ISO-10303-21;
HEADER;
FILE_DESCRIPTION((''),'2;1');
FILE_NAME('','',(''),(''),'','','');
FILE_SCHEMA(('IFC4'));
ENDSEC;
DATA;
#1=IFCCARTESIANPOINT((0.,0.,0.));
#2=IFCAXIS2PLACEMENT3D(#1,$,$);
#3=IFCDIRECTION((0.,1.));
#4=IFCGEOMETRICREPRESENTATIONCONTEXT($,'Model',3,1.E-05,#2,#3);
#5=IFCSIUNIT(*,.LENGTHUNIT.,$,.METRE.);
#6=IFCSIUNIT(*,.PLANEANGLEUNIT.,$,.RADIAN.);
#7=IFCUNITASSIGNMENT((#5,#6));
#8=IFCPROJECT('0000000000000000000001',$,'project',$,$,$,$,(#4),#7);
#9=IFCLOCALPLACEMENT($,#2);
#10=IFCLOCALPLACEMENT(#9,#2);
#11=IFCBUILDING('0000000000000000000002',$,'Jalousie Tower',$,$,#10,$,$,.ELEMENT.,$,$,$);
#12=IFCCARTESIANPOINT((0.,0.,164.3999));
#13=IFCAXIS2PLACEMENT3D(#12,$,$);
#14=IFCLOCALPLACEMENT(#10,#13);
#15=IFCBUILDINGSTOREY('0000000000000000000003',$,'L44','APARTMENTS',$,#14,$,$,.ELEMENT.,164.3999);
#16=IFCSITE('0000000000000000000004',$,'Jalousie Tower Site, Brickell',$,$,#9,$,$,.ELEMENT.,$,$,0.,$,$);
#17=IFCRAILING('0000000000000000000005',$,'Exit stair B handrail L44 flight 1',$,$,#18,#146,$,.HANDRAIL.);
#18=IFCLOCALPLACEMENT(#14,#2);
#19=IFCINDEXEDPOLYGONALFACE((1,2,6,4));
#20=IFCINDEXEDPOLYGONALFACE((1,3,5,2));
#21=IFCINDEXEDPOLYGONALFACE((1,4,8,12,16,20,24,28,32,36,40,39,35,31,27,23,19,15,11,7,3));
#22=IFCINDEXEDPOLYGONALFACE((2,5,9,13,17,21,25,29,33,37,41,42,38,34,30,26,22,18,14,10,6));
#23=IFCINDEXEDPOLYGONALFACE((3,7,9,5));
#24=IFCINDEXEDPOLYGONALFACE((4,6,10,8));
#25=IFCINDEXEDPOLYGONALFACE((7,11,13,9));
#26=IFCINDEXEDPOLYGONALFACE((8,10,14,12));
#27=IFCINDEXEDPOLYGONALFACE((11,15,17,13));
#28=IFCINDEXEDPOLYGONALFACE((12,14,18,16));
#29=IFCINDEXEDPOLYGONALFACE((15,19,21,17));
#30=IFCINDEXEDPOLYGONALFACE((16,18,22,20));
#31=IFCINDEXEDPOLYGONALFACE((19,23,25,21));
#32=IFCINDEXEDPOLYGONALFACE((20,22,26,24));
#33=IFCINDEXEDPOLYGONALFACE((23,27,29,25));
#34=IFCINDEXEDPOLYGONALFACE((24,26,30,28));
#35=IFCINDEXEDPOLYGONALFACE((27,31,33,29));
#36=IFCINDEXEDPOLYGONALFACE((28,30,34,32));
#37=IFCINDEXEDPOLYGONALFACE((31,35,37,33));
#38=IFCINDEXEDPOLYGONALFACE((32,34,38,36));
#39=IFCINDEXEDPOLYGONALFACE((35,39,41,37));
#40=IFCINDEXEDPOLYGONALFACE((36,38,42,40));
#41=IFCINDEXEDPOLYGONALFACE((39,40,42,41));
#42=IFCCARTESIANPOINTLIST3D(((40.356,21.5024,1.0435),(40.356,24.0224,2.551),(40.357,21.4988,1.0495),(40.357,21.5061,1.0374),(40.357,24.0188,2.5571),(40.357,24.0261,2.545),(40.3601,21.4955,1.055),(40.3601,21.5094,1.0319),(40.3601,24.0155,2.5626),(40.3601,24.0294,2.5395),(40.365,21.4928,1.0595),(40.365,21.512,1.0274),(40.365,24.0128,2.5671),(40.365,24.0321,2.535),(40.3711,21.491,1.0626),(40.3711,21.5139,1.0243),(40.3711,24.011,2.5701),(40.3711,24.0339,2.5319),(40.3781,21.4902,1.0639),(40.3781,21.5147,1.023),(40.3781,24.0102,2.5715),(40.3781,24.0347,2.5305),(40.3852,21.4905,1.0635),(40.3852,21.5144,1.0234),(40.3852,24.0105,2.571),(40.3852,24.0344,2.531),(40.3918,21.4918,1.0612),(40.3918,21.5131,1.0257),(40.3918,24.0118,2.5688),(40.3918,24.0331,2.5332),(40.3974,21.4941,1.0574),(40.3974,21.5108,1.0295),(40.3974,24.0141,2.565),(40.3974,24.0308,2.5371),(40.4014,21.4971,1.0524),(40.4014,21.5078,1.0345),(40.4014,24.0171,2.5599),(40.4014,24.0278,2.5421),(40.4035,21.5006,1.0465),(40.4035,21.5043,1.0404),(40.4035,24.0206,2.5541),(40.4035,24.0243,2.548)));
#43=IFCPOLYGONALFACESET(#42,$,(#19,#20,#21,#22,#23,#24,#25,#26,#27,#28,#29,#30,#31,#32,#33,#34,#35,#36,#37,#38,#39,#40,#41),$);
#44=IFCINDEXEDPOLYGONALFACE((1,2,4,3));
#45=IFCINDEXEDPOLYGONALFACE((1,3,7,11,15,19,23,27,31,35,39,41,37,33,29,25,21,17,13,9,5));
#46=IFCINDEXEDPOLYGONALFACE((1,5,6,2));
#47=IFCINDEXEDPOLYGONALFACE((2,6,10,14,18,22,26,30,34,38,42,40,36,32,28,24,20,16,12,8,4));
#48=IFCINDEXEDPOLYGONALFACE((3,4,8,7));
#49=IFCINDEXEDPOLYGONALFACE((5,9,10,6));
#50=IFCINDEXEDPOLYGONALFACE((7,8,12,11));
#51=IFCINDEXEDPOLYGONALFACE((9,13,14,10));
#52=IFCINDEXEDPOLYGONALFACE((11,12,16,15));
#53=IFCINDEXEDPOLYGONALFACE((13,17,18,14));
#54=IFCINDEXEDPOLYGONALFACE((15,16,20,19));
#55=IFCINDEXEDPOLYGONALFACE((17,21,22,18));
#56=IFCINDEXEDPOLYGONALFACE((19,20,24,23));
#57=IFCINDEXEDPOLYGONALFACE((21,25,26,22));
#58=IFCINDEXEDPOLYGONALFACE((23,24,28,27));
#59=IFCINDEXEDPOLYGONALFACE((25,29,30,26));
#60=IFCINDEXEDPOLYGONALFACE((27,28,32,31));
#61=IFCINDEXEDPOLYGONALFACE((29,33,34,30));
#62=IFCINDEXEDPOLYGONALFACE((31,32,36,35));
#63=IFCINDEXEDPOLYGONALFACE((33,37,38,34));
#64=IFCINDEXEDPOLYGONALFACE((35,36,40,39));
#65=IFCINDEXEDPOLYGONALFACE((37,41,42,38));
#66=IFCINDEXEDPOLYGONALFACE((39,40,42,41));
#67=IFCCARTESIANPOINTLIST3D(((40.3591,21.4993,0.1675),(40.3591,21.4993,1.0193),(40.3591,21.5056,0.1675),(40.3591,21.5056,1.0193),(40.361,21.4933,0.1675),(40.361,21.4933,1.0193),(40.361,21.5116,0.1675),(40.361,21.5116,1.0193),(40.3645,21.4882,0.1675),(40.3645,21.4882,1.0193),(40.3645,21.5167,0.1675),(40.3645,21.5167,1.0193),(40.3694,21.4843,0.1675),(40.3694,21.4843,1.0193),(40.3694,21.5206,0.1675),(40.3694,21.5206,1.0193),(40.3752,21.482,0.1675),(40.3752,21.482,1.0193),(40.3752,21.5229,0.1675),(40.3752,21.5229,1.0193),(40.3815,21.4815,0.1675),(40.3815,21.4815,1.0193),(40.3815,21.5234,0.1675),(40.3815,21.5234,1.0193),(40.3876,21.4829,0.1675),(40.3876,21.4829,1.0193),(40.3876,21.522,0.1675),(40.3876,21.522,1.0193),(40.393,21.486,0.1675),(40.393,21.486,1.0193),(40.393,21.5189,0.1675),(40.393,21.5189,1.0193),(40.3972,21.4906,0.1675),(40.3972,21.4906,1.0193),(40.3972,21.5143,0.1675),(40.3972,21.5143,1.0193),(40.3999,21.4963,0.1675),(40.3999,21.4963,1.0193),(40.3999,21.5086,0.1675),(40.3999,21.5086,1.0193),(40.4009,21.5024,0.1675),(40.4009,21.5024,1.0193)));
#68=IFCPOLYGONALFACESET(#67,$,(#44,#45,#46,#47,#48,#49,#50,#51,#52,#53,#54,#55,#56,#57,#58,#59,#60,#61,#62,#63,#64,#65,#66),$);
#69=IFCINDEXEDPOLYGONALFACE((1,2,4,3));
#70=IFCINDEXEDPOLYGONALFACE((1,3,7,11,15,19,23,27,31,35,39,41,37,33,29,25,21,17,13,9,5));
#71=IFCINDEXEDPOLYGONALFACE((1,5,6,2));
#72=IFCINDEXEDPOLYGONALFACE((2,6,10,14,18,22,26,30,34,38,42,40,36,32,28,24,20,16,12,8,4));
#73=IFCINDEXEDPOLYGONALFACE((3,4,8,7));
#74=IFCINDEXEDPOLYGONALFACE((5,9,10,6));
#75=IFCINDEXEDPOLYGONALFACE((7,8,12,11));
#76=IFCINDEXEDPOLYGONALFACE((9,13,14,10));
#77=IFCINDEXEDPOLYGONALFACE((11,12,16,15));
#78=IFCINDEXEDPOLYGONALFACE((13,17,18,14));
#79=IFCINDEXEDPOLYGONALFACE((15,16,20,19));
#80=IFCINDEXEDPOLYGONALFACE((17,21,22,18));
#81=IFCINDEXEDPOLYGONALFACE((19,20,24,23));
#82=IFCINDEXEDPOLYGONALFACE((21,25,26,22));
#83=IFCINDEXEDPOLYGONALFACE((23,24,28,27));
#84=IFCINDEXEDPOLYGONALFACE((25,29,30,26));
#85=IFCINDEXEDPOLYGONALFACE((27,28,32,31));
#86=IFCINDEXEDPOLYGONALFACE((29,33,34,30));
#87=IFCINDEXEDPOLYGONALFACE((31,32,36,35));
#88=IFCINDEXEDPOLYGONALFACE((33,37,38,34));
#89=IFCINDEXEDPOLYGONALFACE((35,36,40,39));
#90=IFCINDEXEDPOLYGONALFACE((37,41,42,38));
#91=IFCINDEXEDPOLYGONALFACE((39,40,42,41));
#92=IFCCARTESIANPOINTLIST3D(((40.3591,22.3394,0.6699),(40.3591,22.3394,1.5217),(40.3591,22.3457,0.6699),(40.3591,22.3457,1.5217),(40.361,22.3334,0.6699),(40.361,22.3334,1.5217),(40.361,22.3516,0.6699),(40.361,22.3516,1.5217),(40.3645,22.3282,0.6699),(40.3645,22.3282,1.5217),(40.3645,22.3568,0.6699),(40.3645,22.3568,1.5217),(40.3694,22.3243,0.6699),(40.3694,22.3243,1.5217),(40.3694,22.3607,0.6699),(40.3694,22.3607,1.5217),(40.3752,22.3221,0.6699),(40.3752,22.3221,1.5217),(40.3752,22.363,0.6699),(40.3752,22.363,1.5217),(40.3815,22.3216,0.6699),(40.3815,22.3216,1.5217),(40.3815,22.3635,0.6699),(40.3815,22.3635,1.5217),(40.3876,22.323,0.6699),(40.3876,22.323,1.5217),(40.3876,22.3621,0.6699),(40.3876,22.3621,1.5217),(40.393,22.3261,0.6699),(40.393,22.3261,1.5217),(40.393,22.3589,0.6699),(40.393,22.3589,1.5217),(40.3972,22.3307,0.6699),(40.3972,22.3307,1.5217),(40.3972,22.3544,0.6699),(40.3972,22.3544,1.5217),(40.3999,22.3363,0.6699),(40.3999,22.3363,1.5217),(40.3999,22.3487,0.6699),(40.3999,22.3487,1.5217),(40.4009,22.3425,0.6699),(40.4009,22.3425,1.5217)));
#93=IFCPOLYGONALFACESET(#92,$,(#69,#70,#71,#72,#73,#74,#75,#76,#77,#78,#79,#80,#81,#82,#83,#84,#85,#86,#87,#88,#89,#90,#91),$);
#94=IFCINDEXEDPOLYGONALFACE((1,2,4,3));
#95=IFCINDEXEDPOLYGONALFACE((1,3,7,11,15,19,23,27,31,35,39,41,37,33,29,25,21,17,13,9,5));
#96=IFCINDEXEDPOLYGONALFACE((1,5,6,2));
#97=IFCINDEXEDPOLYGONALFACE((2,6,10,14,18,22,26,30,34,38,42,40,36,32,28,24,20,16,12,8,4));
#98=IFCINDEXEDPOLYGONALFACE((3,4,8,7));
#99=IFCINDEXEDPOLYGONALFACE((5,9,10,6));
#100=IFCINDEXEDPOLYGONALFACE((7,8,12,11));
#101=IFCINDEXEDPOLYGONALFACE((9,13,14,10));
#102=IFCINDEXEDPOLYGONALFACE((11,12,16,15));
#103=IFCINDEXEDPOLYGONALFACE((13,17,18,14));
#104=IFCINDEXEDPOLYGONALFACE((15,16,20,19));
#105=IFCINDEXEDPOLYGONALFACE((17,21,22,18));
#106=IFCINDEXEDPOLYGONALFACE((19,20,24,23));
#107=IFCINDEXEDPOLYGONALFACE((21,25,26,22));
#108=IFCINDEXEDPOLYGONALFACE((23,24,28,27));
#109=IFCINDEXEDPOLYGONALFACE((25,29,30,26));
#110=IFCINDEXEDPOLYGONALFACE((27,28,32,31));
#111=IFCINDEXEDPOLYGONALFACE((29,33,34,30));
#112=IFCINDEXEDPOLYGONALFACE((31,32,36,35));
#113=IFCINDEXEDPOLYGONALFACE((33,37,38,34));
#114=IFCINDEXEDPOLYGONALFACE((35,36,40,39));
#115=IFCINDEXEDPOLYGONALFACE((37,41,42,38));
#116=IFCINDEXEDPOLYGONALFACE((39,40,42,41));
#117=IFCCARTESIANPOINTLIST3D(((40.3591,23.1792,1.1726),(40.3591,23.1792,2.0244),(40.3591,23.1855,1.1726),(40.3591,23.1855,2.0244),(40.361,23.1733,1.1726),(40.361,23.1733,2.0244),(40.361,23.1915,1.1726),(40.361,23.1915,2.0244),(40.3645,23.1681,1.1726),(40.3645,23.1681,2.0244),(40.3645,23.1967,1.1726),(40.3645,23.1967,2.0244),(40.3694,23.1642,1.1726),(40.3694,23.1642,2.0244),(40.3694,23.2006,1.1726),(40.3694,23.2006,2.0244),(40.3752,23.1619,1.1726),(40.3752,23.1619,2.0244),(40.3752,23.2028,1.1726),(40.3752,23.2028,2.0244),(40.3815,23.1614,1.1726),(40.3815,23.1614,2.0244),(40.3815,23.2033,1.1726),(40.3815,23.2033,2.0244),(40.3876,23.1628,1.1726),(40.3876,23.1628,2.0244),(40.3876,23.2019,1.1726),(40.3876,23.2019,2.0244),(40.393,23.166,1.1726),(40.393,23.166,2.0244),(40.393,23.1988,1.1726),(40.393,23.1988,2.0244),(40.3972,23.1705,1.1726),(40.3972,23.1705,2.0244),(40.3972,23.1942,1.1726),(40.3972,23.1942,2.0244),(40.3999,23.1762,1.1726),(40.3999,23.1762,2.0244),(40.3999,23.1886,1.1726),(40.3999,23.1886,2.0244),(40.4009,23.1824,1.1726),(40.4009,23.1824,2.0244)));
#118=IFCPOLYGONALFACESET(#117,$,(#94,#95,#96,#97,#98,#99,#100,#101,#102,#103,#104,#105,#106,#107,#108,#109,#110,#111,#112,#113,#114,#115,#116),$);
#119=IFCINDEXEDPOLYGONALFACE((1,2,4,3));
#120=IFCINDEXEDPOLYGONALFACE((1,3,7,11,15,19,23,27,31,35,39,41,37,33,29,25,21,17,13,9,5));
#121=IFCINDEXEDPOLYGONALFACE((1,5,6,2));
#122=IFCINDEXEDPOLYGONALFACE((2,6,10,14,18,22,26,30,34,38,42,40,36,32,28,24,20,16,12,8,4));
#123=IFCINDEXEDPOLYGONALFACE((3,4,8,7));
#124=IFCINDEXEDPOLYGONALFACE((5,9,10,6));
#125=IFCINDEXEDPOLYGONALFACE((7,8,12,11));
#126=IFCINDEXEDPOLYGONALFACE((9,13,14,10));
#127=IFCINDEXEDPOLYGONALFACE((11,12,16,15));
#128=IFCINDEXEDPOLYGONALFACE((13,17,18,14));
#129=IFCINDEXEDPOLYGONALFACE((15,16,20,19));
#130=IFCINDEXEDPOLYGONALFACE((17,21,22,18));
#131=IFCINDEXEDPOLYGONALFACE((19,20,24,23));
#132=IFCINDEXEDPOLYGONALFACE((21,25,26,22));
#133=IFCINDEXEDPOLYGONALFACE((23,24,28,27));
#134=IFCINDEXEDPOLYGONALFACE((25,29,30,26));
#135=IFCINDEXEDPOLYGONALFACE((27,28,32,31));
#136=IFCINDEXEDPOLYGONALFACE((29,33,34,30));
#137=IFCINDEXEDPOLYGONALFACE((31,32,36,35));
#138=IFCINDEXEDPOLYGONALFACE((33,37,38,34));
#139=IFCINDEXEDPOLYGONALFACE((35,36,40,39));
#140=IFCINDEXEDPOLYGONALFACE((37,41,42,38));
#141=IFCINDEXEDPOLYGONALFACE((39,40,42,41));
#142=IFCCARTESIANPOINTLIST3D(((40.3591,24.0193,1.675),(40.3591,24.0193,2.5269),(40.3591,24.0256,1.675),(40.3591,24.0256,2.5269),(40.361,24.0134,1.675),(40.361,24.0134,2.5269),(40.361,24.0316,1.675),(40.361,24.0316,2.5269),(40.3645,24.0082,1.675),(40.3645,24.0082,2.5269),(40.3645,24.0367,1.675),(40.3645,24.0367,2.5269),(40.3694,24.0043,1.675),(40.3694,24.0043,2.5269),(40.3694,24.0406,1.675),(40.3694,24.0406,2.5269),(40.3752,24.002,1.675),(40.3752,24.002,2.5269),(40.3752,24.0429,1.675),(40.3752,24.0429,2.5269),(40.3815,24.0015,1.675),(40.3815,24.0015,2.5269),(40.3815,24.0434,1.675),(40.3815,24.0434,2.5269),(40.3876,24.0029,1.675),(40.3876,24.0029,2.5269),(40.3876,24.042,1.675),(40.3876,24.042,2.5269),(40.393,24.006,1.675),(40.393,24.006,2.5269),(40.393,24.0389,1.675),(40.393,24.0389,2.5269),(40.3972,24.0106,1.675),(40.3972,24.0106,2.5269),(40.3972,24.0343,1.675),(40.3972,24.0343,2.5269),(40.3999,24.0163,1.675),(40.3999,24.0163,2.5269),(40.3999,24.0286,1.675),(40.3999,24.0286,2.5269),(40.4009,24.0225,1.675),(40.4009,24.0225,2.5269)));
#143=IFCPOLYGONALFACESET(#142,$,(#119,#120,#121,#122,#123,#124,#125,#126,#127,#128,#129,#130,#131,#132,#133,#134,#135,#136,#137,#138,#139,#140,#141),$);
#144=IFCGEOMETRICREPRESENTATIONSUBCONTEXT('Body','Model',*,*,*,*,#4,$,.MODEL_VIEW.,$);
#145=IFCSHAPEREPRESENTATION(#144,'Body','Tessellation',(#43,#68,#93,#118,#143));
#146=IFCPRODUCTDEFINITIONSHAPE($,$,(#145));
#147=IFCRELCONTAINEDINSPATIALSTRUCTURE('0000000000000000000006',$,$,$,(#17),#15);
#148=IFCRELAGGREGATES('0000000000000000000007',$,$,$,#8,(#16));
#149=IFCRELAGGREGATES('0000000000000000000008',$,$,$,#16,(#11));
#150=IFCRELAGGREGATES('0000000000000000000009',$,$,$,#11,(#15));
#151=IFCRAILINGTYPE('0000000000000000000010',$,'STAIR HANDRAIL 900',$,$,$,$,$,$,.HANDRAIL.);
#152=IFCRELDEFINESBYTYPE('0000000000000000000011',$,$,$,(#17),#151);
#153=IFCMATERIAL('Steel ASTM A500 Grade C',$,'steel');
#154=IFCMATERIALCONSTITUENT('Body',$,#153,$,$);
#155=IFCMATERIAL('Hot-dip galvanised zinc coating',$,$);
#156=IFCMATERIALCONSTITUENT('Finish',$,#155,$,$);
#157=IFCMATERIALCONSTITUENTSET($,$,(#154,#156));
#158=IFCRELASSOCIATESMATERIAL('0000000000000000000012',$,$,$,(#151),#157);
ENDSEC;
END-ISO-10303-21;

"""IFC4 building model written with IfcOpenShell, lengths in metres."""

from ifc_helpers import new_model, si_unit, direction, frame, origin, origin_2d, place, context, subcontext, project, spatial, circle, extrude, material, constituent, constituent_set, type_object, element, save


model = new_model("IFC4")

# Units and contexts
model_context = context("Model", 3, precision=1e-05, world=origin(), true_north=direction((0.0, 1.0)))
body_context = subcontext(model_context, "Body", "Model", "MODEL_VIEW")
ifc_project = project(units=[si_unit("LENGTHUNIT", "METRE"), si_unit("PLANEANGLEUNIT", "RADIAN")], contexts=[model_context])

# Site, building, storey
site_placement = place(None, origin())
site = spatial("IfcSite", under=ifc_project, at=site_placement, Name="Jalousie Tower Site, Brickell", CompositionType="ELEMENT", RefElevation=0.0)
building_placement = place(site_placement, origin())
building = spatial("IfcBuilding", under=site, at=building_placement, Name="Jalousie Tower", CompositionType="ELEMENT")
storey_placement = place(building_placement, frame((0.0, 0.0, 164.3999)))
storey = spatial("IfcBuildingStorey", under=building, at=storey_placement, Name="L44", Description="APARTMENTS", CompositionType="ELEMENT", Elevation=164.3999)

# Railing
ifc_material_1 = material(Name="Steel ASTM A500 Grade C", Category="steel")
ifc_constituent_1 = constituent(ifc_material_1, Name="Body")
ifc_material_2 = material(Name="Hot-dip galvanised zinc coating")
ifc_constituent_2 = constituent(ifc_material_2, Name="Finish")
ifc_constituent_set_1 = constituent_set(constituents=[ifc_constituent_1, ifc_constituent_2])
railing_type_1 = type_object("IfcRailingType", Name="STAIR HANDRAIL 900", PredefinedType="HANDRAIL", material=ifc_constituent_set_1)
railing_1_placement = place(storey_placement, frame((40.3799, 21.5024, 0.1675)))
element("IfcRailing", 1, at=railing_1_placement, inside=storey, type_object=railing_type_1, Name="Exit stair B handrail L44 flight 1", PredefinedType="HANDRAIL", context=body_context, shape_type="SweptSolid", body=[
    extrude(circle(Radius=0.0239, at=origin_2d()), frame((0.0, 0.0, 0.876), z_axis=(0.0, 0.85816, 0.513383), x_axis=(-1.0, 0.0, 0.0)), (0.0, 0.0, 1.0), 2.9365),
    extrude(circle(Radius=0.021, at=origin_2d()), origin(), (0.0, 0.0, 1.0), 0.8518),
    extrude(circle(Radius=0.021, at=origin_2d()), frame((0.0, 0.8401, 0.5024)), (0.0, 0.0, 1.0), 0.8518),
    extrude(circle(Radius=0.021, at=origin_2d()), frame((0.0, 1.6799, 1.0051)), (0.0, 0.0, 1.0), 0.8518),
    extrude(circle(Radius=0.021, at=origin_2d()), frame((0.0, 2.52, 1.5076)), (0.0, 0.0, 1.0), 0.8518),
])

save(model, "model.ifc")
